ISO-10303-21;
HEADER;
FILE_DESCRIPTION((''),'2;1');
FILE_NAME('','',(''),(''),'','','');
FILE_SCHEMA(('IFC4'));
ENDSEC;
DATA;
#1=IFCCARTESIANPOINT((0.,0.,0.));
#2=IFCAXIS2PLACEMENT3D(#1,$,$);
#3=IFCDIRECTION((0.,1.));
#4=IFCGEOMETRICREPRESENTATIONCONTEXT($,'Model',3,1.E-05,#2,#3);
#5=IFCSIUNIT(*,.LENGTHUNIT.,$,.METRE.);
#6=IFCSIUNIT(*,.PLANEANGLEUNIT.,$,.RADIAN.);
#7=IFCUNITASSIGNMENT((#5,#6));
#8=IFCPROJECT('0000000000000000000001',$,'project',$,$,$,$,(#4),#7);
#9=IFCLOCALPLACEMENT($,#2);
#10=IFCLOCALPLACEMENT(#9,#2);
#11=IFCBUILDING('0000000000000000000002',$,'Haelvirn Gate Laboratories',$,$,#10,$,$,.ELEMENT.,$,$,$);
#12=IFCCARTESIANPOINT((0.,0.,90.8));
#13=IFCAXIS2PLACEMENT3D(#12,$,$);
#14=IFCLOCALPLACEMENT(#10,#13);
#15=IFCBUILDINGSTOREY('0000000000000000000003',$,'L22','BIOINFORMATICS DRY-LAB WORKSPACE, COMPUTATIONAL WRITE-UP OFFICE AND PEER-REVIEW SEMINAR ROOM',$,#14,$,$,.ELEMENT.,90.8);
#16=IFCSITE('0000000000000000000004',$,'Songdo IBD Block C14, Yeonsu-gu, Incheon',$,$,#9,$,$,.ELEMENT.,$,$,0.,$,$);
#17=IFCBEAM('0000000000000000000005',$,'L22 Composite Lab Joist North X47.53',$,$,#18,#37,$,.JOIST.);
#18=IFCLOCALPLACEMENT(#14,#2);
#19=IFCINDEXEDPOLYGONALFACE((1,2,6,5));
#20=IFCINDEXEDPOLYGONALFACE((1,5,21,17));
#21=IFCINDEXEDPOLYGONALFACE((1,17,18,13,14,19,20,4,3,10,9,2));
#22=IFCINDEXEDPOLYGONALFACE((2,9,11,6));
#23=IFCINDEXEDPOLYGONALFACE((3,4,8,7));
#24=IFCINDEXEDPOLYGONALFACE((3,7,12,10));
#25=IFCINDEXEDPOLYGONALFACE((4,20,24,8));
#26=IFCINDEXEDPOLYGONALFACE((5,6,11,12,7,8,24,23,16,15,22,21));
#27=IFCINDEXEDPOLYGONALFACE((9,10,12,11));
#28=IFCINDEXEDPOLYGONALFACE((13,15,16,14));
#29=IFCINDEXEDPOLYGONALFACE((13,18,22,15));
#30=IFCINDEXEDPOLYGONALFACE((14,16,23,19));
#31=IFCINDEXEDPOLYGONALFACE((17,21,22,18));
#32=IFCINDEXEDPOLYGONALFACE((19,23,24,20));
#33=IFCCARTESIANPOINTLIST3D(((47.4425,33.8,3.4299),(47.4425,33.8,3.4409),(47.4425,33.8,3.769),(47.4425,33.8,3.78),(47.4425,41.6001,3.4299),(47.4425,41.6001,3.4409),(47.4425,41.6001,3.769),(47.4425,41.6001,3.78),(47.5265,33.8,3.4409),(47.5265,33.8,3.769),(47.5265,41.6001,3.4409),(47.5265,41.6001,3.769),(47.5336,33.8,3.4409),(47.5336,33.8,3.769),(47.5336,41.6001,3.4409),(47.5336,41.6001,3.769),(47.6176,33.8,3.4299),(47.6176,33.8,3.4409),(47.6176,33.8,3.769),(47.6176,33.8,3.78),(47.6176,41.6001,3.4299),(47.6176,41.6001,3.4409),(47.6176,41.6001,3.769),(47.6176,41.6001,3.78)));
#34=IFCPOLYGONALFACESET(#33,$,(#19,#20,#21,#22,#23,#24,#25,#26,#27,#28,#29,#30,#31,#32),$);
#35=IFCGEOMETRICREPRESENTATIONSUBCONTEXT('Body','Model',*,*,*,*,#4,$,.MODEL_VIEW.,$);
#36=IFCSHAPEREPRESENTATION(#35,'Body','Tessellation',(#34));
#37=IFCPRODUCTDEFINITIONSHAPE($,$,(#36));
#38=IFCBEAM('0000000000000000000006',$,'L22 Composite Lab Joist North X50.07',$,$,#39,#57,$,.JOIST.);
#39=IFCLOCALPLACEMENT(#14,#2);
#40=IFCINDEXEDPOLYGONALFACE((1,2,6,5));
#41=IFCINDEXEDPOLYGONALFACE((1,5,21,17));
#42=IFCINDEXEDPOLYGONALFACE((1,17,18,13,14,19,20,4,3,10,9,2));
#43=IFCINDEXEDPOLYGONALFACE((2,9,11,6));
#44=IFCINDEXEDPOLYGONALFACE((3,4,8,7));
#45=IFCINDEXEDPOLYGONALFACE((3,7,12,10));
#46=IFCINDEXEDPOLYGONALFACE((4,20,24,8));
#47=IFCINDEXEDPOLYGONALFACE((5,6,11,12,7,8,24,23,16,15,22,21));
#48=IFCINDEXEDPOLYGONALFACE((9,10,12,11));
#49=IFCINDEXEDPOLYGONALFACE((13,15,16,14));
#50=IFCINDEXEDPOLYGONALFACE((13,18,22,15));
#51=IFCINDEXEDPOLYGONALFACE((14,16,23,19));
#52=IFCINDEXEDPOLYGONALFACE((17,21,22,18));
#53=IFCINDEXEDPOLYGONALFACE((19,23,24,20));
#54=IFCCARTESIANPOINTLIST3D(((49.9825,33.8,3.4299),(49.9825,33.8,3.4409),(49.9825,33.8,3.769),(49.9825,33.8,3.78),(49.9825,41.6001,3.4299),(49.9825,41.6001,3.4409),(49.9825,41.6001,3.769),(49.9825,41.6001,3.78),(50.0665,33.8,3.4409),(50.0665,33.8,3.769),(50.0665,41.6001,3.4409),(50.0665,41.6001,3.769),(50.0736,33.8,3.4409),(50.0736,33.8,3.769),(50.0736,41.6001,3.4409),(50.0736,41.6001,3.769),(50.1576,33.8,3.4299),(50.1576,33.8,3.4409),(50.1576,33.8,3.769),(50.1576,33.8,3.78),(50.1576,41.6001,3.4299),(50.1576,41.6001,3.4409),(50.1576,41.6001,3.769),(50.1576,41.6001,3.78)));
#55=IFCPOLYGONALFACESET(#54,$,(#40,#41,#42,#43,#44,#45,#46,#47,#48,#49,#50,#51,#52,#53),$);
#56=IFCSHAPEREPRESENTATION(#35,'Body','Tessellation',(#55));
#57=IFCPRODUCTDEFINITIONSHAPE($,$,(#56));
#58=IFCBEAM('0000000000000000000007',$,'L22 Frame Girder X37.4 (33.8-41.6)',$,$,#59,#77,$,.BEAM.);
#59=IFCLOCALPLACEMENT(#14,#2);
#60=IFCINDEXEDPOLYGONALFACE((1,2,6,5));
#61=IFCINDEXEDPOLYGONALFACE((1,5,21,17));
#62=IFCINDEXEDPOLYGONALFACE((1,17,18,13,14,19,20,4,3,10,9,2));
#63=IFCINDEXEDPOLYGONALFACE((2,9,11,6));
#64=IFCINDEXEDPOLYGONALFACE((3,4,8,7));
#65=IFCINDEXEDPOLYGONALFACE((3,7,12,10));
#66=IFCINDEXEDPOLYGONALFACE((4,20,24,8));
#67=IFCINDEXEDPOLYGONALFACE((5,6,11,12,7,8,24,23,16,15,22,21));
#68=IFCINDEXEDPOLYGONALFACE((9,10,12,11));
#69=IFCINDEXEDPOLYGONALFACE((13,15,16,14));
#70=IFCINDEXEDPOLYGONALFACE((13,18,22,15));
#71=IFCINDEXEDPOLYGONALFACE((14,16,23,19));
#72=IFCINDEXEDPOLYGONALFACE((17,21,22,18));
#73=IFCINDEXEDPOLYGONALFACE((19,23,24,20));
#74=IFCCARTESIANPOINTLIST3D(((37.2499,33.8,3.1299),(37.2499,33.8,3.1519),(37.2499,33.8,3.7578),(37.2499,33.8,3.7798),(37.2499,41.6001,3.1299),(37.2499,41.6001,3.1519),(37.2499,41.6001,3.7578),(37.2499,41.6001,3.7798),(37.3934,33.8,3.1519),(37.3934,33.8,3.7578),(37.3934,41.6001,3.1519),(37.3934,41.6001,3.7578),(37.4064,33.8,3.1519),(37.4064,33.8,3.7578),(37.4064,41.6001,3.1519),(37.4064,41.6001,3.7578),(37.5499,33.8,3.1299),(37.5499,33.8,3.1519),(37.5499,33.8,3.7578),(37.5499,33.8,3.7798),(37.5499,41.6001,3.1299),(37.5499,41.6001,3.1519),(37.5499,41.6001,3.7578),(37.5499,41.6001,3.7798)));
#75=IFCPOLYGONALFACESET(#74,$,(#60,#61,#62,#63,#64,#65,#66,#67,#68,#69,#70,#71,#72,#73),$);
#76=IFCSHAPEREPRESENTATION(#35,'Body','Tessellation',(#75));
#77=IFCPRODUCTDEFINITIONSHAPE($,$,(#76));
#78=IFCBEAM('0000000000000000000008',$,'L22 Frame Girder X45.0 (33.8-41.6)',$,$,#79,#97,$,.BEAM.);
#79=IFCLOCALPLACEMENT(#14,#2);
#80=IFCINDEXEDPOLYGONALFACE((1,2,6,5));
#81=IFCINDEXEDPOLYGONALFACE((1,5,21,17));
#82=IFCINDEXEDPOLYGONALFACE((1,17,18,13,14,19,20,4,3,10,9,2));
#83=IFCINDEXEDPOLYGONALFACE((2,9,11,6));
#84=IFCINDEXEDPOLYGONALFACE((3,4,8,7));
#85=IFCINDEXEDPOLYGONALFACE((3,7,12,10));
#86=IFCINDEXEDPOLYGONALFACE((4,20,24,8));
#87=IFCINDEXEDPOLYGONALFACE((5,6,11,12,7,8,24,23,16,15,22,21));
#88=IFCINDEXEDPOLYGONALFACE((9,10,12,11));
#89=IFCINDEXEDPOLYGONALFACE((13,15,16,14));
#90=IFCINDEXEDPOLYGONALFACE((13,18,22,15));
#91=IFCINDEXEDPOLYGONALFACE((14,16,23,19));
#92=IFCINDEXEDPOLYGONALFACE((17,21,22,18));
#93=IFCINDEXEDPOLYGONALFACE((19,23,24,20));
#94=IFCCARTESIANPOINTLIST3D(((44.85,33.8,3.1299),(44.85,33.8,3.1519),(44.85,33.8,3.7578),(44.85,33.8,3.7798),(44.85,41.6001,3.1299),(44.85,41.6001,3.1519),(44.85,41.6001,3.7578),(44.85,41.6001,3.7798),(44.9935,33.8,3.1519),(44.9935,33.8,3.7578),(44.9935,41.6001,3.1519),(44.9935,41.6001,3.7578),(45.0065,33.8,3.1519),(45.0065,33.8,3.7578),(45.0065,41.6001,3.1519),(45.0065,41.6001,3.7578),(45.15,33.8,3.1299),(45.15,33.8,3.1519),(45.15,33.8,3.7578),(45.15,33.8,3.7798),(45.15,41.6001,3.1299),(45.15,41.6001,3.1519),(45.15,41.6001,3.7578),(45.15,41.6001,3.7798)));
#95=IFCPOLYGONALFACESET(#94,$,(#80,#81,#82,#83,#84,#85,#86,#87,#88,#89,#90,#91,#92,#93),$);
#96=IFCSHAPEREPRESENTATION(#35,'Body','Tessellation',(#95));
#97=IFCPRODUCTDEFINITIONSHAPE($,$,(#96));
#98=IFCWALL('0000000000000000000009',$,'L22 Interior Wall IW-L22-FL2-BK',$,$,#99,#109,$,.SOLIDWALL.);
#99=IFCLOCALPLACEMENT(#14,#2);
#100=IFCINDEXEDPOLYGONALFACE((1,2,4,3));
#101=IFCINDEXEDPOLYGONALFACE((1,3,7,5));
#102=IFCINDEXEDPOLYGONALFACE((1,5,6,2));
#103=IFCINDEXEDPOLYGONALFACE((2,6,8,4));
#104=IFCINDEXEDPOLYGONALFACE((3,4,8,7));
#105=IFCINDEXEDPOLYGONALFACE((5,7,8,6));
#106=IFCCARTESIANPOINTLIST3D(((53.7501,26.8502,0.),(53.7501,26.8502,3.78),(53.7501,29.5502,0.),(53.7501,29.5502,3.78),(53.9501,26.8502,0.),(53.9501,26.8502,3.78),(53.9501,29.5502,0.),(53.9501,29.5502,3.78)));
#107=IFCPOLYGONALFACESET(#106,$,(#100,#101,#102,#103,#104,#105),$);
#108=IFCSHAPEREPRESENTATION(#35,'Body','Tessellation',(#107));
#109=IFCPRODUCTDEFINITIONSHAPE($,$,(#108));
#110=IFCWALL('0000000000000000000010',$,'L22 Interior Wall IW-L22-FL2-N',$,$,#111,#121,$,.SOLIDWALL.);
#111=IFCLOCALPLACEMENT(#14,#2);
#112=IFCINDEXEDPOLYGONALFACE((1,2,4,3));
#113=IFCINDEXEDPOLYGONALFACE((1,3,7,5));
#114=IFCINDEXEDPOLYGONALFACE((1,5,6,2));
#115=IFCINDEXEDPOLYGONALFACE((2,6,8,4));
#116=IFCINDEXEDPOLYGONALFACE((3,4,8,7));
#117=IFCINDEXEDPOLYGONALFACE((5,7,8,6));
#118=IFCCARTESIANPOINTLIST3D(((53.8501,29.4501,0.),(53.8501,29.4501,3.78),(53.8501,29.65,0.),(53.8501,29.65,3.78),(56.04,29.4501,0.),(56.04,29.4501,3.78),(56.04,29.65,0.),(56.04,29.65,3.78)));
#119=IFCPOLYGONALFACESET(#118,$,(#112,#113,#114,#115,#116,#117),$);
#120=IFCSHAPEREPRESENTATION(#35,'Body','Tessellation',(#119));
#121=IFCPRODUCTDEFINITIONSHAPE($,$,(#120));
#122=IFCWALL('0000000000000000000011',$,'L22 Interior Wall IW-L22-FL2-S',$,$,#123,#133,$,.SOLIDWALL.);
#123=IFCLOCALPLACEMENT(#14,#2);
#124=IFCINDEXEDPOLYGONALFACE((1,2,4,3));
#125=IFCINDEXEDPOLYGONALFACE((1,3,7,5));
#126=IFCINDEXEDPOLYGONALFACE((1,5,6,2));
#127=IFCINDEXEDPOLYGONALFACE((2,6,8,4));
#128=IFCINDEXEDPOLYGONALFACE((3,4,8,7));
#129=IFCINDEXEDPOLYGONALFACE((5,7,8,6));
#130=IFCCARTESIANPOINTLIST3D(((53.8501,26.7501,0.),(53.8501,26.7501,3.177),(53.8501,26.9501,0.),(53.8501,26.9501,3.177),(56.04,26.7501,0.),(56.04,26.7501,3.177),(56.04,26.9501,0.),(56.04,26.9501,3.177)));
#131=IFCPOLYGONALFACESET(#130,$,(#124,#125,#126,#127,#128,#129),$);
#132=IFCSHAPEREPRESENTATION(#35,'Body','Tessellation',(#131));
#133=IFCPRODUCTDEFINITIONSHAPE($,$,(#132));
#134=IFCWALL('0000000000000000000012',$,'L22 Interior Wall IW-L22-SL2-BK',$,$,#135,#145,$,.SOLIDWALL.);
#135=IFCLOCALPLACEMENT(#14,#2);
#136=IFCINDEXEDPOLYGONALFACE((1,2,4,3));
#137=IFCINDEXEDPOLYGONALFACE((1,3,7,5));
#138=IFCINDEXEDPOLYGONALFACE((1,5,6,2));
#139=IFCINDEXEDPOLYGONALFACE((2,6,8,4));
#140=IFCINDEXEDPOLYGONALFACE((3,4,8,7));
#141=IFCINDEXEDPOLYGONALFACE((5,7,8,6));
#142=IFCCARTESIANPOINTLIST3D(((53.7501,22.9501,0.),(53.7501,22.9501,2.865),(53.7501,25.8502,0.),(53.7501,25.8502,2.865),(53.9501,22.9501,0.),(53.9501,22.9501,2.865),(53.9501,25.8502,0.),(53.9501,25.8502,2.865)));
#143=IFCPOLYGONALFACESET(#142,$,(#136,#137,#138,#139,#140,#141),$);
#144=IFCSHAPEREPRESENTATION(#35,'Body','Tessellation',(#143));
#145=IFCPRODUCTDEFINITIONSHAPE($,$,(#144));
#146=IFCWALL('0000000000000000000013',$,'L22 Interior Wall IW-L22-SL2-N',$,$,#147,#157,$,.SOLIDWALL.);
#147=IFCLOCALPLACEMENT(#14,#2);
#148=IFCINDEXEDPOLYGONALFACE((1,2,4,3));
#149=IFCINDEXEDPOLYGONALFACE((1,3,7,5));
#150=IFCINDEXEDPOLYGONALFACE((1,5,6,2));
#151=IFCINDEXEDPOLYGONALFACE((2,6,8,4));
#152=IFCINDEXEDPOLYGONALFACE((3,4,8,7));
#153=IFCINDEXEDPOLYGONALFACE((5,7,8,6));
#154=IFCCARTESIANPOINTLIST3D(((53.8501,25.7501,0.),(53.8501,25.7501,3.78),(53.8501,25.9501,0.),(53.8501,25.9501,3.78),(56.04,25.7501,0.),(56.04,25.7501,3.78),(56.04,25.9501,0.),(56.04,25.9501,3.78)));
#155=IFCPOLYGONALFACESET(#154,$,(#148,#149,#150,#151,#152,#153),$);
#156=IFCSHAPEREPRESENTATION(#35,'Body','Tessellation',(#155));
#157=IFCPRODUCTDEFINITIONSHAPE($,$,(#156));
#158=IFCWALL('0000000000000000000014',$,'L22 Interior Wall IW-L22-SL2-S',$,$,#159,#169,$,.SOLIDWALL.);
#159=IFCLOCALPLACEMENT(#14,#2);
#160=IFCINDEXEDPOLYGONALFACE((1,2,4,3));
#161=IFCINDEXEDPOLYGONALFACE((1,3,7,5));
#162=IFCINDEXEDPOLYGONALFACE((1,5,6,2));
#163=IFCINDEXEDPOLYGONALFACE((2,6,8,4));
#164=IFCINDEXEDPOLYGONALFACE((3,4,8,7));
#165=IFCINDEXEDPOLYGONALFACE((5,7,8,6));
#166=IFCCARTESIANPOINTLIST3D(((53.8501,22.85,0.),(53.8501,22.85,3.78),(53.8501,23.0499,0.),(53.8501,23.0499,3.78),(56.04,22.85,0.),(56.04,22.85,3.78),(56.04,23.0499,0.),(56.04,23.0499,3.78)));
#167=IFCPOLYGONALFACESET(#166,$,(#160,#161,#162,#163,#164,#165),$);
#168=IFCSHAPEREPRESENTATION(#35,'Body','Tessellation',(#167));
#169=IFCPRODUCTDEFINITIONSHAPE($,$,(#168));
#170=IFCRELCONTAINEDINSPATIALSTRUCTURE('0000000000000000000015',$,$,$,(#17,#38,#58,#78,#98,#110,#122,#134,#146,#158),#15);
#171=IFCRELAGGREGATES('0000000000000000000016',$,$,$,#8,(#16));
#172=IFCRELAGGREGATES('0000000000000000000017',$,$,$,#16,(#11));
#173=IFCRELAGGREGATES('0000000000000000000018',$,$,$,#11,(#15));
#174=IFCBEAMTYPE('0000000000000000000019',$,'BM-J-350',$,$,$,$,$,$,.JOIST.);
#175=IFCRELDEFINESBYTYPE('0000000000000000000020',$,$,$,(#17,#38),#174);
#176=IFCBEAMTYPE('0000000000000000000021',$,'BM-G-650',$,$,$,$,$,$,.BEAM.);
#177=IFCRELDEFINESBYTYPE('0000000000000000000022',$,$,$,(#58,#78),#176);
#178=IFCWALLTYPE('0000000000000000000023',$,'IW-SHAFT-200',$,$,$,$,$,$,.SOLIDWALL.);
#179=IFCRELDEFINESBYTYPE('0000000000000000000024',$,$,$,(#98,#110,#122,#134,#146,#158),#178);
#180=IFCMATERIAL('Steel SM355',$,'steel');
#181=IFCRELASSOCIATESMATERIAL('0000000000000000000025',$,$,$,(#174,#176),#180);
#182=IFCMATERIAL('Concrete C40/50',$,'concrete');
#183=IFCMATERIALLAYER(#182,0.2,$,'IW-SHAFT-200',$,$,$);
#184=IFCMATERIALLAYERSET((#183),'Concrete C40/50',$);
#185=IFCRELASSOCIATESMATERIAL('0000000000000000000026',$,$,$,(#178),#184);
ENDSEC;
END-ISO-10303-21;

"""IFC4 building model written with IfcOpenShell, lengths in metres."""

from ifc_helpers import new_model, si_unit, direction, frame, frame_2d, origin, origin_2d, place, context, subcontext, project, spatial, rectangle, i_section, extrude, source, transform, mapped, material, layer, layer_set, material_profile, profile_set, type_object, type_shapes, element, save


model = new_model("IFC4")

# Units and contexts
model_context = context("Model", 3, precision=1e-05, world=origin(), true_north=direction((0.0, 1.0)))
body_context = subcontext(model_context, "Body", "Model", "MODEL_VIEW")
ifc_project = project(units=[si_unit("LENGTHUNIT", "METRE"), si_unit("PLANEANGLEUNIT", "RADIAN")], contexts=[model_context])

# Site, building, storey
site_placement = place(None, origin())
site = spatial("IfcSite", under=ifc_project, at=site_placement, Name="Songdo IBD Block C14, Yeonsu-gu, Incheon", CompositionType="ELEMENT", RefElevation=0.0)
building_placement = place(site_placement, origin())
building = spatial("IfcBuilding", under=site, at=building_placement, Name="Haelvirn Gate Laboratories", CompositionType="ELEMENT")
storey_placement = place(building_placement, frame((0.0, 0.0, 90.8)))
storey = spatial("IfcBuildingStorey", under=building, at=storey_placement, Name="L22", Description="BIOINFORMATICS DRY-LAB WORKSPACE, COMPUTATIONAL WRITE-UP OFFICE AND PEER-REVIEW SEMINAR ROOM", CompositionType="ELEMENT", Elevation=90.8)

# Beams
ifc_material_1 = material(Name="Steel SM355", Category="steel")
ifc_material_profile_1 = material_profile(ifc_material_1, i_section(OverallWidth=0.175, OverallDepth=0.3501, WebThickness=0.0071, FlangeThickness=0.011, at=origin_2d()), Name="H-350x175x7x11")
ifc_profile_set_1 = profile_set([ifc_material_profile_1], Name="Steel SM355")
beam_type_1 = type_object("IfcBeamType", Name="BM-J-350", PredefinedType="JOIST", material=ifc_profile_set_1)
shared_shape_1 = source(origin(), body_context, "Body", "SweptSolid", [
    extrude(i_section(OverallWidth=0.175, OverallDepth=0.3501, WebThickness=0.0071, FlangeThickness=0.011, at=origin_2d()), origin(), (0.0, 0.0, 1.0), 7.8),
])
type_shapes(beam_type_1, [shared_shape_1])
for number, where, z_axis, x_axis, name in (
    (1, (47.53, 33.8, 3.605), (0.0, 1.0, 0.0), (-1.0, 0.0, 0.0), "L22 Composite Lab Joist North X47.53"),
    (2, (50.0701, 33.8, 3.605), (0.0, 1.0, 0.0), (-1.0, 0.0, 0.0), "L22 Composite Lab Joist North X50.07"),
):
    element("IfcBeam", number, at=place(storey_placement, frame(where, z_axis=z_axis, x_axis=x_axis)), inside=storey, type_object=beam_type_1, Name=name, PredefinedType="JOIST", context=body_context, shape_type="MappedRepresentation", body=[
        mapped(shared_shape_1, transform((0.0, 0.0, 0.0), scale=1.0)),
    ])
ifc_material_profile_2 = material_profile(ifc_material_1, i_section(OverallWidth=0.3, OverallDepth=0.6499, WebThickness=0.0129, FlangeThickness=0.022, at=origin_2d()), Name="H-650x300x13x22")
ifc_profile_set_2 = profile_set([ifc_material_profile_2], Name="Steel SM355")
beam_type_2 = type_object("IfcBeamType", Name="BM-G-650", PredefinedType="BEAM", material=ifc_profile_set_2)
shared_shape_2 = source(origin(), body_context, "Body", "SweptSolid", [
    extrude(i_section(OverallWidth=0.3, OverallDepth=0.6499, WebThickness=0.0129, FlangeThickness=0.022, at=origin_2d()), origin(), (0.0, 0.0, 1.0), 7.8),
])
type_shapes(beam_type_2, [shared_shape_2])
for number, where, z_axis, x_axis, name in (
    (3, (37.3999, 33.8, 3.4548), (0.0, 1.0, 0.0), (-1.0, 0.0, 0.0), "L22 Frame Girder X37.4 (33.8-41.6)"),
    (4, (45.0, 33.8, 3.4548), (0.0, 1.0, 0.0), (-1.0, 0.0, 0.0), "L22 Frame Girder X45.0 (33.8-41.6)"),
):
    element("IfcBeam", number, at=place(storey_placement, frame(where, z_axis=z_axis, x_axis=x_axis)), inside=storey, type_object=beam_type_2, Name=name, PredefinedType="BEAM", context=body_context, shape_type="MappedRepresentation", body=[
        mapped(shared_shape_2, transform((0.0, 0.0, 0.0), scale=1.0)),
    ])

# Walls
ifc_material_2 = material(Name="Concrete C40/50", Category="concrete")
ifc_layer_1 = layer(ifc_material_2, 0.2, Name="IW-SHAFT-200")
ifc_layer_set_1 = layer_set([ifc_layer_1], Name="Concrete C40/50")
wall_type_1 = type_object("IfcWallType", Name="IW-SHAFT-200", PredefinedType="SOLIDWALL", material=ifc_layer_set_1)
wall_1_placement = place(storey_placement, frame((53.8501, 26.8501, 0.0), z_axis=(0.0, 0.0, 1.0), x_axis=(0.0, 1.0, 0.0)))
element("IfcWall", 5, at=wall_1_placement, inside=storey, type_object=wall_type_1, Name="L22 Interior Wall IW-L22-FL2-BK", PredefinedType="SOLIDWALL", context=body_context, shape_type="SweptSolid", body=[
    extrude(rectangle(XDim=2.7, YDim=0.2, at=frame_2d((1.3501, 0.0))), origin(), (0.0, 0.0, 1.0), 3.78),
])
wall_2_placement = place(storey_placement, frame((53.8501, 29.55, 0.0), z_axis=(0.0, 0.0, 1.0), x_axis=(1.0, 0.0, 0.0)))
element("IfcWall", 6, at=wall_2_placement, inside=storey, type_object=wall_type_1, Name="L22 Interior Wall IW-L22-FL2-N", PredefinedType="SOLIDWALL", context=body_context, shape_type="SweptSolid", body=[
    extrude(rectangle(XDim=2.1899, YDim=0.2, at=frame_2d((1.095, 0.0))), origin(), (0.0, 0.0, 1.0), 3.78),
])
wall_3_placement = place(storey_placement, frame((53.8501, 26.8501, 0.0), z_axis=(0.0, 0.0, 1.0), x_axis=(1.0, 0.0, 0.0)))
element("IfcWall", 7, at=wall_3_placement, inside=storey, type_object=wall_type_1, Name="L22 Interior Wall IW-L22-FL2-S", PredefinedType="SOLIDWALL", context=body_context, shape_type="SweptSolid", body=[
    extrude(rectangle(XDim=2.1899, YDim=0.2, at=frame_2d((1.095, 0.0))), origin(), (0.0, 0.0, 1.0), 3.177),
])
wall_4_placement = place(storey_placement, frame((53.8501, 22.95, 0.0), z_axis=(0.0, 0.0, 1.0), x_axis=(0.0, 1.0, 0.0)))
element("IfcWall", 8, at=wall_4_placement, inside=storey, type_object=wall_type_1, Name="L22 Interior Wall IW-L22-SL2-BK", PredefinedType="SOLIDWALL", context=body_context, shape_type="SweptSolid", body=[
    extrude(rectangle(XDim=2.9001, YDim=0.2, at=frame_2d((1.4502, 0.0))), origin(), (0.0, 0.0, 1.0), 2.865),
])
for number, where, z_axis, x_axis, name in (
    (9, (53.8501, 25.8501, 0.0), (0.0, 0.0, 1.0), (1.0, 0.0, 0.0), "L22 Interior Wall IW-L22-SL2-N"),
    (10, (53.8501, 22.95, 0.0), (0.0, 0.0, 1.0), (1.0, 0.0, 0.0), "L22 Interior Wall IW-L22-SL2-S"),
):
    element("IfcWall", number, at=place(storey_placement, frame(where, z_axis=z_axis, x_axis=x_axis)), inside=storey, type_object=wall_type_1, Name=name, PredefinedType="SOLIDWALL", context=body_context, shape_type="SweptSolid", body=[
        extrude(rectangle(XDim=2.1899, YDim=0.2, at=frame_2d((1.095, 0.0))), origin(), (0.0, 0.0, 1.0), 3.78),
    ])

save(model, "model.ifc")
